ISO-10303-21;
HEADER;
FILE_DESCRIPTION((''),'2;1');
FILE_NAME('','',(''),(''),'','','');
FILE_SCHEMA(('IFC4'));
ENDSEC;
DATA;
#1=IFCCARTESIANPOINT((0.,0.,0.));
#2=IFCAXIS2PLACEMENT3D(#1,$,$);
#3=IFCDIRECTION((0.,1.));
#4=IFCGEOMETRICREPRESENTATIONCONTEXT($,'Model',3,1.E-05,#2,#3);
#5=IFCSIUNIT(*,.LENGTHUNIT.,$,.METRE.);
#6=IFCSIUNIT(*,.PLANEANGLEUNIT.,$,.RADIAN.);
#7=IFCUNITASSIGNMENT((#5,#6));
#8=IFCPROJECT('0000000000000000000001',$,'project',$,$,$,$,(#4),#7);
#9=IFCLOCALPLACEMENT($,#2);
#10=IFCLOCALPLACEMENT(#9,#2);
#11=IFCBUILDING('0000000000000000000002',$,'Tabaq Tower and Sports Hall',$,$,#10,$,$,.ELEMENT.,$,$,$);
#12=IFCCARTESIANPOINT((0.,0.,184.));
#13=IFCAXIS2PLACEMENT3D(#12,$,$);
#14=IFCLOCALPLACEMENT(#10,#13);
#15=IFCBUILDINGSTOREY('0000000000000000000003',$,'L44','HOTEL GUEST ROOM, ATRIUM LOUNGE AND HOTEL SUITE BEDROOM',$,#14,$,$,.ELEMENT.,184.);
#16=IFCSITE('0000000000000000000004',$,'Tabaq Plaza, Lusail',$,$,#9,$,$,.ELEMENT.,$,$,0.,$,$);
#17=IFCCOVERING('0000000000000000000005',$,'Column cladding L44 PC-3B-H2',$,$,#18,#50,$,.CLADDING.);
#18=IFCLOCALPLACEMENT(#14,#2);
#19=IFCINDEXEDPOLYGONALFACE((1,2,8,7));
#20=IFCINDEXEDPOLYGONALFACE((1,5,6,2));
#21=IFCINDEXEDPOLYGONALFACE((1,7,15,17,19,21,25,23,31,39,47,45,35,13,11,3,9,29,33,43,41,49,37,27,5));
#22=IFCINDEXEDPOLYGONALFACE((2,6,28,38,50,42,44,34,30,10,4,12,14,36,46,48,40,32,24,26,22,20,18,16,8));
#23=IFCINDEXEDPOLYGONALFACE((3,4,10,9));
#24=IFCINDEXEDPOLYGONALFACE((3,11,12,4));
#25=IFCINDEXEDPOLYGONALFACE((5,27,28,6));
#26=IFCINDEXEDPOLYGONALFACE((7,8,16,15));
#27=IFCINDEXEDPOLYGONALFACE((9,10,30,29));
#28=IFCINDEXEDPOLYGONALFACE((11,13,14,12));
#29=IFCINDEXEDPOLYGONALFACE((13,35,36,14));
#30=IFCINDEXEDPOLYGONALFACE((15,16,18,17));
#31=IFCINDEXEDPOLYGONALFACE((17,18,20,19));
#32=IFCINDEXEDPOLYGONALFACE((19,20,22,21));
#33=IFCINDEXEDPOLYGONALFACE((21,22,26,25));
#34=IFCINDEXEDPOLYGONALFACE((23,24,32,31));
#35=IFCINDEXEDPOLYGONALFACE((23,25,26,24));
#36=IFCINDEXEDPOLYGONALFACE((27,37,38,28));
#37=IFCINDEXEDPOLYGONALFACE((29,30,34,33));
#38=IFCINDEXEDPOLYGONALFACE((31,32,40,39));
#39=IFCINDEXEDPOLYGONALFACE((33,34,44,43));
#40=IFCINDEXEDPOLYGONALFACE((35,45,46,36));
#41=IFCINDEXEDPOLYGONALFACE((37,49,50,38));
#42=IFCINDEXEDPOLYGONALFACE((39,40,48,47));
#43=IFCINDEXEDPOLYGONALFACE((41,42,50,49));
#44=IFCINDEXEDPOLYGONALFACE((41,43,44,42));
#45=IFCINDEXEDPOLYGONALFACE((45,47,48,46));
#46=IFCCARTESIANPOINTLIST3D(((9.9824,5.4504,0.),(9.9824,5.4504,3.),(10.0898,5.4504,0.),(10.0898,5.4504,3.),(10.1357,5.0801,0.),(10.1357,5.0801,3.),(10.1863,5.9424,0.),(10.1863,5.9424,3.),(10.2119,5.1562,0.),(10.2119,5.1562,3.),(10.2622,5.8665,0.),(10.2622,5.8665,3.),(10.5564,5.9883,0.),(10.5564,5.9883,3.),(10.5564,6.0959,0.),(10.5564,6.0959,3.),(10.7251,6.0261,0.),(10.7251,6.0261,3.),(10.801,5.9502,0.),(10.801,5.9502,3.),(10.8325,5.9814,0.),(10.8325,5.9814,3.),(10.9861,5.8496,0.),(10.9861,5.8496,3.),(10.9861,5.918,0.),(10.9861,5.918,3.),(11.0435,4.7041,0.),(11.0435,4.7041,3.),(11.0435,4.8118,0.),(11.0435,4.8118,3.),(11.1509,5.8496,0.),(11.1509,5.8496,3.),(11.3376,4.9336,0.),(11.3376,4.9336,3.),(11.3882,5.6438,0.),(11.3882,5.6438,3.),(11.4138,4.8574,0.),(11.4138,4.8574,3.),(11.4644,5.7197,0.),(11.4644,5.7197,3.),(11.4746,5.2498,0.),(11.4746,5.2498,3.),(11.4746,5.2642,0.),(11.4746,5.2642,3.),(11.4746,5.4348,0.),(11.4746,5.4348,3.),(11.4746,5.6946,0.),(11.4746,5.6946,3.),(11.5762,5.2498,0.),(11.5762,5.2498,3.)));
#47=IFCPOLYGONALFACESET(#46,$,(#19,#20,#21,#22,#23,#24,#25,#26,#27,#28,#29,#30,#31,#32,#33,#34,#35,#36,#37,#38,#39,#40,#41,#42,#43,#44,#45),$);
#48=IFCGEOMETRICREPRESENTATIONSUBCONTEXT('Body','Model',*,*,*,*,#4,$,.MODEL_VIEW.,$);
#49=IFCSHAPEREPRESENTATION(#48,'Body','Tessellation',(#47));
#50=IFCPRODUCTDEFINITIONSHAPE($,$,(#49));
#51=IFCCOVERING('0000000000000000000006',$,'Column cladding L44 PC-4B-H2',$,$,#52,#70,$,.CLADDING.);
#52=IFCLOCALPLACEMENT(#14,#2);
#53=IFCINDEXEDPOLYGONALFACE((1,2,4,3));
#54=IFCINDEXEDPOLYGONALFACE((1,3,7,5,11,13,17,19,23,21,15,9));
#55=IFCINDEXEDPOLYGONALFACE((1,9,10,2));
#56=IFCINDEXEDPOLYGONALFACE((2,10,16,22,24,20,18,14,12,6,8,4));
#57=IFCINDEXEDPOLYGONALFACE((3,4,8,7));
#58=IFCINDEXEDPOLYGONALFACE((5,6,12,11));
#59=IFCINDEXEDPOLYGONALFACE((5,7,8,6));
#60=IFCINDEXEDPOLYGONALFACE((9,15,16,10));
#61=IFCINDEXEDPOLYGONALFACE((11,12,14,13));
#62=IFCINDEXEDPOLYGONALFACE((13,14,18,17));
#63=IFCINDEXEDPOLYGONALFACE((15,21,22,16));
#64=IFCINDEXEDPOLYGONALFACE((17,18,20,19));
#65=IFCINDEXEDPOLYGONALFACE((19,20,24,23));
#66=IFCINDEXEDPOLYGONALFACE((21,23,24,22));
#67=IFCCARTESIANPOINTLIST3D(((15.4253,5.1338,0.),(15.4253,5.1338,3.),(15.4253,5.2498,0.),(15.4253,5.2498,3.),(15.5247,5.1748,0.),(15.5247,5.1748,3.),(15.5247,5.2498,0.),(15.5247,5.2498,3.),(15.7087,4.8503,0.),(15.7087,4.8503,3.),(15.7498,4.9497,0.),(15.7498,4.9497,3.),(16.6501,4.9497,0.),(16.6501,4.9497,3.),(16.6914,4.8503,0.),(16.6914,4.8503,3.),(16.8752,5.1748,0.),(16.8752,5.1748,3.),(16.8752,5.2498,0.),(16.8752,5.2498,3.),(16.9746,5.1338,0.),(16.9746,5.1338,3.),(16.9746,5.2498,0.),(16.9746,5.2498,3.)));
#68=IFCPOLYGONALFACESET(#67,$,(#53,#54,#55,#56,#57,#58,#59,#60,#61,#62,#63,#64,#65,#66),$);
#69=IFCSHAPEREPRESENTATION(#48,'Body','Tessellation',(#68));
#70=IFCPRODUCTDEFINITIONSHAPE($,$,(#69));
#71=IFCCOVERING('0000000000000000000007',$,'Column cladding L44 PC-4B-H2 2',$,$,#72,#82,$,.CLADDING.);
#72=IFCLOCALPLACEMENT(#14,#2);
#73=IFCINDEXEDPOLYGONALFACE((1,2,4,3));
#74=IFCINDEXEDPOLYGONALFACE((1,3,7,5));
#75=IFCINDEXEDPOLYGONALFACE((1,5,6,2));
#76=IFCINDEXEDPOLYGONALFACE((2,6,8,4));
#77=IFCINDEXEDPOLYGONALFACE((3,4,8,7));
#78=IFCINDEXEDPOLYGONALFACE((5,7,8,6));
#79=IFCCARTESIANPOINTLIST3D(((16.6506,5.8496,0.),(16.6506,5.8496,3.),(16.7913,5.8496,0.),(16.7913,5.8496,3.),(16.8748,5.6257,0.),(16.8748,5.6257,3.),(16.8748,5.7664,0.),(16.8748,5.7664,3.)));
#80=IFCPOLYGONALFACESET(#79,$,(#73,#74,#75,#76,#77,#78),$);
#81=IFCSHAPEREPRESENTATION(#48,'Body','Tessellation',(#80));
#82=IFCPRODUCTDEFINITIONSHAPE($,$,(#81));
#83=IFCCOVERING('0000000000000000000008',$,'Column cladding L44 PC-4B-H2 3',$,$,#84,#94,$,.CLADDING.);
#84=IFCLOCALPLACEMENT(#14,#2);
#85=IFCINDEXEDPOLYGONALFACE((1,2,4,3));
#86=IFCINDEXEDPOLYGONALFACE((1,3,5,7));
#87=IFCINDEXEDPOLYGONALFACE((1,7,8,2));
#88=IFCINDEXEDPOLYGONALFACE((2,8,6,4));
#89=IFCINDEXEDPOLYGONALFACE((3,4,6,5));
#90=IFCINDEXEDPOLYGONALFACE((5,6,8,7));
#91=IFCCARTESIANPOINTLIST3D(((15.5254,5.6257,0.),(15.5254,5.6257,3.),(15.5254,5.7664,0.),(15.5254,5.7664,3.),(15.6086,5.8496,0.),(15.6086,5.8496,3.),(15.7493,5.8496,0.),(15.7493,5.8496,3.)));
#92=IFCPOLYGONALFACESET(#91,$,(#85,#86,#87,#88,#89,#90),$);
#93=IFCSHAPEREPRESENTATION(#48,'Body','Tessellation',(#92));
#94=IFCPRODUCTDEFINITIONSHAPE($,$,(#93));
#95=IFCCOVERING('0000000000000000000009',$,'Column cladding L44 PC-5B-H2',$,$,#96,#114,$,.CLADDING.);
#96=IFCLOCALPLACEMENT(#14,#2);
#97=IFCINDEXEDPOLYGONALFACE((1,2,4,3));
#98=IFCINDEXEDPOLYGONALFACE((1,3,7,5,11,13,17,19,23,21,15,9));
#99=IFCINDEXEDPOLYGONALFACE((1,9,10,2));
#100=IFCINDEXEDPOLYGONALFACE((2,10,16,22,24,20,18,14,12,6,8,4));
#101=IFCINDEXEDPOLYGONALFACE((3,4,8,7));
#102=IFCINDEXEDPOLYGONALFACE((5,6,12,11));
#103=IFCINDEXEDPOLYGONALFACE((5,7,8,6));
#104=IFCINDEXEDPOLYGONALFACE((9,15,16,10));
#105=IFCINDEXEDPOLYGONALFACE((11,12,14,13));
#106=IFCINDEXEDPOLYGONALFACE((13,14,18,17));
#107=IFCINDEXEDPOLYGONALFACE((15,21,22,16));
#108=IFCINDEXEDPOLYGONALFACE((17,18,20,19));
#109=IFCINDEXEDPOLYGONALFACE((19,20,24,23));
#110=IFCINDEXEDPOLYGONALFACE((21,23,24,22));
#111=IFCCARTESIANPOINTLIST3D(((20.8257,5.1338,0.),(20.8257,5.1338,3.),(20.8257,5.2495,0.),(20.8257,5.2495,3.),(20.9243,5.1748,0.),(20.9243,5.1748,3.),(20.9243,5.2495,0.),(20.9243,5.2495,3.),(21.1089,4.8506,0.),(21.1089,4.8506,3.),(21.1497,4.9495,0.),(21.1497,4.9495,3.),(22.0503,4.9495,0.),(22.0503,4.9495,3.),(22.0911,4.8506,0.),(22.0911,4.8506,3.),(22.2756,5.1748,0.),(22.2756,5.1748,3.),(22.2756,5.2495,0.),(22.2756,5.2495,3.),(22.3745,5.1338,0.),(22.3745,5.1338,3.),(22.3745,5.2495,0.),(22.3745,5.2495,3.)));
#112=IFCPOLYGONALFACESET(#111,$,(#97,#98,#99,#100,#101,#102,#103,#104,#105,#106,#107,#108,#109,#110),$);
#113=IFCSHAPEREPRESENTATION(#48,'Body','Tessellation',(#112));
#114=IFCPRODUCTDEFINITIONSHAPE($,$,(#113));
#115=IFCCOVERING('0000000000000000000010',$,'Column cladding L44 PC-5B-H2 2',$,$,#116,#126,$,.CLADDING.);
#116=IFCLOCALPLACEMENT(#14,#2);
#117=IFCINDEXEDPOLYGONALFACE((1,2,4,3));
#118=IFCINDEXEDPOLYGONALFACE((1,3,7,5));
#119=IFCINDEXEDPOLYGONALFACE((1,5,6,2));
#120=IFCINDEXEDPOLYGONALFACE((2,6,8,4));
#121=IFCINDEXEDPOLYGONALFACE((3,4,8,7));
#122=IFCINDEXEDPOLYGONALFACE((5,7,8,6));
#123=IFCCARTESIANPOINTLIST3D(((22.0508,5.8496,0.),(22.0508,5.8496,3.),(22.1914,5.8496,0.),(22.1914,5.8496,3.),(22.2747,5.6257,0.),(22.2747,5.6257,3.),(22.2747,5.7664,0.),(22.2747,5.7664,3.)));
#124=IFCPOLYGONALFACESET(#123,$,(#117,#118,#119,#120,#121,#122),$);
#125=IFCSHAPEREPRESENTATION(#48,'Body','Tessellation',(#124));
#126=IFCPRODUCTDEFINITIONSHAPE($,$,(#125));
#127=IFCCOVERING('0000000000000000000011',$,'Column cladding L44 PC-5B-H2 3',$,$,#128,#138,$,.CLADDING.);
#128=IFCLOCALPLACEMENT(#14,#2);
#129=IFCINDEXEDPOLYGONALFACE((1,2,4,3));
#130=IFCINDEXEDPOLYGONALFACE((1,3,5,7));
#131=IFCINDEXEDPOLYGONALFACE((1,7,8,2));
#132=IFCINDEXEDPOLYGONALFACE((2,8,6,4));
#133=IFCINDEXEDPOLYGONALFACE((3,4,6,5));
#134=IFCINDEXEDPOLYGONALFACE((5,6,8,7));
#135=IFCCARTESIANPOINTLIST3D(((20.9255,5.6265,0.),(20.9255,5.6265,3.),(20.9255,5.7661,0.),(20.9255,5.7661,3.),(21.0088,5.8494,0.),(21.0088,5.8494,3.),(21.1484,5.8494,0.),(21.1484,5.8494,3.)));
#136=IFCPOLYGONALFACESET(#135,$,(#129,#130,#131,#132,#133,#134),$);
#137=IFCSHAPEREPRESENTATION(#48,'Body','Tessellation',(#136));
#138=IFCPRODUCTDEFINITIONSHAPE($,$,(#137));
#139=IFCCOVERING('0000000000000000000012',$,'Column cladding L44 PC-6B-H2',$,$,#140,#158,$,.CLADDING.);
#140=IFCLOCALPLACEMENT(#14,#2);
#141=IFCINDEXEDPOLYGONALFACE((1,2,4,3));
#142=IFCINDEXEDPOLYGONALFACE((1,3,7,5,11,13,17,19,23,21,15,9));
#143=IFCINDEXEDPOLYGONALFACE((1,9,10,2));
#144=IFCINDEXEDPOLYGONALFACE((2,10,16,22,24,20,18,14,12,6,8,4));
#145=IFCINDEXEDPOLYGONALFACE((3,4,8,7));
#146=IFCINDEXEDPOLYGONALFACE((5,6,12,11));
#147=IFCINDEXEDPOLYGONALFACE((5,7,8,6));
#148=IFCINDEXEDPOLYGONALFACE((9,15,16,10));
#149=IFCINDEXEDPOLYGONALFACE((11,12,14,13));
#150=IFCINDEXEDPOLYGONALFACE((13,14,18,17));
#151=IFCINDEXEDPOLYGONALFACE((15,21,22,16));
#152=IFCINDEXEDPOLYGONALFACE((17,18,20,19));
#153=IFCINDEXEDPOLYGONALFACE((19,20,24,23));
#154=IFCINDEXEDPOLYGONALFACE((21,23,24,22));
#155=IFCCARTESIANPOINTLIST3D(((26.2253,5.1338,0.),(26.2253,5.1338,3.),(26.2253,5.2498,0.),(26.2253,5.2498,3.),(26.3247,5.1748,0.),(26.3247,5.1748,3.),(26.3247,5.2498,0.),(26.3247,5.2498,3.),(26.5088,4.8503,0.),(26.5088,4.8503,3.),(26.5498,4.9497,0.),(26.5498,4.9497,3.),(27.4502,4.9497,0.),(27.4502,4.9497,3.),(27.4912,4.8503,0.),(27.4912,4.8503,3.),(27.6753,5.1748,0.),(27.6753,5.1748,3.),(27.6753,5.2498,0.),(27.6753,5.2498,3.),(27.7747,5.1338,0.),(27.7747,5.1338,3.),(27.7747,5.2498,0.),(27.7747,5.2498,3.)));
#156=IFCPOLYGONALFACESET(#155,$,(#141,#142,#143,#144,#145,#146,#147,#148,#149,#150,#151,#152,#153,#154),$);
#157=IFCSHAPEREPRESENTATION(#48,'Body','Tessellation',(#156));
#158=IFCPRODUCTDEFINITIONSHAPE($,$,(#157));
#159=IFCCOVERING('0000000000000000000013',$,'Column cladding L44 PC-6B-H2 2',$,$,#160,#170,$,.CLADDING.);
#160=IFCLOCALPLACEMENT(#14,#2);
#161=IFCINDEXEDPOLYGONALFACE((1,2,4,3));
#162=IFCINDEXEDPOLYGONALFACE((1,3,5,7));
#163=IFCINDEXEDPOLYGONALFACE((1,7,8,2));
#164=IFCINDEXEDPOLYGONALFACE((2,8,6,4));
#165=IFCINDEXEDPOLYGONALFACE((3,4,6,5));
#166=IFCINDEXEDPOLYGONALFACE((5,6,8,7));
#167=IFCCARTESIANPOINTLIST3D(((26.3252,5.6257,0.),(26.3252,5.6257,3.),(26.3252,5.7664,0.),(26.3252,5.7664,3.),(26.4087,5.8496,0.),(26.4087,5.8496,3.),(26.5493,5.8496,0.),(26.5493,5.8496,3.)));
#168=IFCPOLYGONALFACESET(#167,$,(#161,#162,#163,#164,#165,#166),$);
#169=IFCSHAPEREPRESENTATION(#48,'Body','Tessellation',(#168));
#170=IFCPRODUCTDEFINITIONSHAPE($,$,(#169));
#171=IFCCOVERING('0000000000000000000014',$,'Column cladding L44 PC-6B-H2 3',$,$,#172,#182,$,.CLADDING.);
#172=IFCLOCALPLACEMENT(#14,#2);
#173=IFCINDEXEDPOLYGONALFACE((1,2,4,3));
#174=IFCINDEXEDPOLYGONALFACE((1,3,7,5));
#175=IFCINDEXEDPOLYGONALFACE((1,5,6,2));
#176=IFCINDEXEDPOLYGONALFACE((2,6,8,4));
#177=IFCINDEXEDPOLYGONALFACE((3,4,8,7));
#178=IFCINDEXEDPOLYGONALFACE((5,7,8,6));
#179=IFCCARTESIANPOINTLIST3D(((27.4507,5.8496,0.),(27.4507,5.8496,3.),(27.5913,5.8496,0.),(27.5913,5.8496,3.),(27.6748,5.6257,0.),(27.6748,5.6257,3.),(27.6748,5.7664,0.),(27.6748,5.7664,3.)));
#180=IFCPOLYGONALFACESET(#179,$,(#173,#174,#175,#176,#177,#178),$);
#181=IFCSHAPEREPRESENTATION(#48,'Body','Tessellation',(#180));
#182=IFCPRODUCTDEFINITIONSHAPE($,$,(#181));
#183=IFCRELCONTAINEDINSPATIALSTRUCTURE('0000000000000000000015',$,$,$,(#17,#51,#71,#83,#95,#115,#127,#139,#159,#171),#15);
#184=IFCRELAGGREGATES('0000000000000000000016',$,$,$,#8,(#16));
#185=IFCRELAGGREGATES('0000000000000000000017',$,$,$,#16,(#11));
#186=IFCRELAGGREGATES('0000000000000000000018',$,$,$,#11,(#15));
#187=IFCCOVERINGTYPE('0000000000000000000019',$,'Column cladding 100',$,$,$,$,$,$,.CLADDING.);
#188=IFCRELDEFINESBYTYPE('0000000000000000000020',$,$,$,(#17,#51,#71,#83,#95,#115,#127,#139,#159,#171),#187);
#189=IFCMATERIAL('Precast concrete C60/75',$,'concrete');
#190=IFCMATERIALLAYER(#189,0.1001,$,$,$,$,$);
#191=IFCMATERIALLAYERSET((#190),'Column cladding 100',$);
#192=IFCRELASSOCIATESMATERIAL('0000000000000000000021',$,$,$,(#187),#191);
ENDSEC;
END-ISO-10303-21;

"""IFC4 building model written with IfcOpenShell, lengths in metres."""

from ifc_helpers import new_model, si_unit, direction, frame, origin, place, context, subcontext, project, spatial, polyline, outline, extrude, material, layer, layer_set, type_object, element, save


model = new_model("IFC4")

# Units and contexts
model_context = context("Model", 3, precision=1e-05, world=origin(), true_north=direction((0.0, 1.0)))
body_context = subcontext(model_context, "Body", "Model", "MODEL_VIEW")
ifc_project = project(units=[si_unit("LENGTHUNIT", "METRE"), si_unit("PLANEANGLEUNIT", "RADIAN")], contexts=[model_context])

# Site, building, storey
site_placement = place(None, origin())
site = spatial("IfcSite", under=ifc_project, at=site_placement, Name="Tabaq Plaza, Lusail", CompositionType="ELEMENT", RefElevation=0.0)
building_placement = place(site_placement, origin())
building = spatial("IfcBuilding", under=site, at=building_placement, Name="Tabaq Tower and Sports Hall", CompositionType="ELEMENT")
storey_placement = place(building_placement, frame((0.0, 0.0, 184.0)))
storey = spatial("IfcBuildingStorey", under=building, at=storey_placement, Name="L44", Description="HOTEL GUEST ROOM, ATRIUM LOUNGE AND HOTEL SUITE BEDROOM", CompositionType="ELEMENT", Elevation=184.0)

# Coverings
ifc_material_1 = material(Name="Precast concrete C60/75", Category="concrete")
ifc_layer_1 = layer(ifc_material_1, 0.1001)
ifc_layer_set_1 = layer_set([ifc_layer_1], Name="Column cladding 100")
covering_type = type_object("IfcCoveringType", Name="Column cladding 100", PredefinedType="CLADDING", material=ifc_layer_set_1)
covering_1_placement = place(storey_placement, origin())
element("IfcCovering", 1, at=covering_1_placement, inside=storey, type_object=covering_type, Name="Column cladding L44 PC-3B-H2", PredefinedType="CLADDING", context=body_context, shape_type="SweptSolid", body=[
    extrude(outline(polyline([(11.4138, 4.8574), (11.0435, 4.7041), (10.1357, 5.0801), (9.9824, 5.4504), (10.1863, 5.9424), (10.5564, 6.0959), (10.7251, 6.0261), (10.801, 5.9502), (10.8325, 5.9814), (10.9861, 5.918), (10.9861, 5.8496), (11.1509, 5.8496), (11.4644, 5.7197), (11.4746, 5.6946), (11.4746, 5.4348), (11.3882, 5.6438), (10.5564, 5.9883), (10.2622, 5.8665), (10.0898, 5.4504), (10.2119, 5.1562), (11.0435, 4.8118), (11.3376, 4.9336), (11.4746, 5.2642), (11.4746, 5.2498), (11.5762, 5.2498), (11.4138, 4.8574)])), origin(), (0.0, 0.0, 1.0), 3.0),
])
covering_2_placement = place(storey_placement, origin())
element("IfcCovering", 2, at=covering_2_placement, inside=storey, type_object=covering_type, Name="Column cladding L44 PC-4B-H2", PredefinedType="CLADDING", context=body_context, shape_type="SweptSolid", body=[
    extrude(outline(polyline([(15.4253, 5.2498), (15.5247, 5.2498), (15.5247, 5.1748), (15.7498, 4.9497), (16.6501, 4.9497), (16.8752, 5.1748), (16.8752, 5.2498), (16.9746, 5.2498), (16.9746, 5.1338), (16.6914, 4.8503), (15.7087, 4.8503), (15.4253, 5.1338), (15.4253, 5.2498)])), origin(), (0.0, 0.0, 1.0), 3.0),
])
covering_3_placement = place(storey_placement, origin())
element("IfcCovering", 3, at=covering_3_placement, inside=storey, type_object=covering_type, Name="Column cladding L44 PC-4B-H2 2", PredefinedType="CLADDING", context=body_context, shape_type="SweptSolid", body=[
    extrude(outline(polyline([(16.8748, 5.7664), (16.8748, 5.6257), (16.6506, 5.8496), (16.7913, 5.8496), (16.8748, 5.7664)])), origin(), (0.0, 0.0, 1.0), 3.0),
])
covering_4_placement = place(storey_placement, origin())
element("IfcCovering", 4, at=covering_4_placement, inside=storey, type_object=covering_type, Name="Column cladding L44 PC-4B-H2 3", PredefinedType="CLADDING", context=body_context, shape_type="SweptSolid", body=[
    extrude(outline(polyline([(15.6086, 5.8496), (15.7493, 5.8496), (15.5254, 5.6257), (15.5254, 5.7664), (15.6086, 5.8496)])), origin(), (0.0, 0.0, 1.0), 3.0),
])
covering_5_placement = place(storey_placement, origin())
element("IfcCovering", 5, at=covering_5_placement, inside=storey, type_object=covering_type, Name="Column cladding L44 PC-5B-H2", PredefinedType="CLADDING", context=body_context, shape_type="SweptSolid", body=[
    extrude(outline(polyline([(20.8257, 5.2495), (20.9243, 5.2495), (20.9243, 5.1748), (21.1497, 4.9495), (22.0503, 4.9495), (22.2756, 5.1748), (22.2756, 5.2495), (22.3745, 5.2495), (22.3745, 5.1338), (22.0911, 4.8506), (21.1089, 4.8506), (20.8257, 5.1338), (20.8257, 5.2495)])), origin(), (0.0, 0.0, 1.0), 3.0),
])
covering_6_placement = place(storey_placement, origin())
element("IfcCovering", 6, at=covering_6_placement, inside=storey, type_object=covering_type, Name="Column cladding L44 PC-5B-H2 2", PredefinedType="CLADDING", context=body_context, shape_type="SweptSolid", body=[
    extrude(outline(polyline([(22.2747, 5.7664), (22.2747, 5.6257), (22.0508, 5.8496), (22.1914, 5.8496), (22.2747, 5.7664)])), origin(), (0.0, 0.0, 1.0), 3.0),
])
covering_7_placement = place(storey_placement, origin())
element("IfcCovering", 7, at=covering_7_placement, inside=storey, type_object=covering_type, Name="Column cladding L44 PC-5B-H2 3", PredefinedType="CLADDING", context=body_context, shape_type="SweptSolid", body=[
    extrude(outline(polyline([(20.9255, 5.6265), (20.9255, 5.7661), (21.0088, 5.8494), (21.1484, 5.8494), (20.9255, 5.6265)])), origin(), (0.0, 0.0, 1.0), 3.0),
])
covering_8_placement = place(storey_placement, origin())
element("IfcCovering", 8, at=covering_8_placement, inside=storey, type_object=covering_type, Name="Column cladding L44 PC-6B-H2", PredefinedType="CLADDING", context=body_context, shape_type="SweptSolid", body=[
    extrude(outline(polyline([(26.2253, 5.2498), (26.3247, 5.2498), (26.3247, 5.1748), (26.5498, 4.9497), (27.4502, 4.9497), (27.6753, 5.1748), (27.6753, 5.2498), (27.7747, 5.2498), (27.7747, 5.1338), (27.4912, 4.8503), (26.5088, 4.8503), (26.2253, 5.1338), (26.2253, 5.2498)])), origin(), (0.0, 0.0, 1.0), 3.0),
])
covering_9_placement = place(storey_placement, origin())
element("IfcCovering", 9, at=covering_9_placement, inside=storey, type_object=covering_type, Name="Column cladding L44 PC-6B-H2 2", PredefinedType="CLADDING", context=body_context, shape_type="SweptSolid", body=[
    extrude(outline(polyline([(26.4087, 5.8496), (26.5493, 5.8496), (26.3252, 5.6257), (26.3252, 5.7664), (26.4087, 5.8496)])), origin(), (0.0, 0.0, 1.0), 3.0),
])
covering_10_placement = place(storey_placement, origin())
element("IfcCovering", 10, at=covering_10_placement, inside=storey, type_object=covering_type, Name="Column cladding L44 PC-6B-H2 3", PredefinedType="CLADDING", context=body_context, shape_type="SweptSolid", body=[
    extrude(outline(polyline([(27.6748, 5.7664), (27.6748, 5.6257), (27.4507, 5.8496), (27.5913, 5.8496), (27.6748, 5.7664)])), origin(), (0.0, 0.0, 1.0), 3.0),
])

save(model, "model.ifc")
